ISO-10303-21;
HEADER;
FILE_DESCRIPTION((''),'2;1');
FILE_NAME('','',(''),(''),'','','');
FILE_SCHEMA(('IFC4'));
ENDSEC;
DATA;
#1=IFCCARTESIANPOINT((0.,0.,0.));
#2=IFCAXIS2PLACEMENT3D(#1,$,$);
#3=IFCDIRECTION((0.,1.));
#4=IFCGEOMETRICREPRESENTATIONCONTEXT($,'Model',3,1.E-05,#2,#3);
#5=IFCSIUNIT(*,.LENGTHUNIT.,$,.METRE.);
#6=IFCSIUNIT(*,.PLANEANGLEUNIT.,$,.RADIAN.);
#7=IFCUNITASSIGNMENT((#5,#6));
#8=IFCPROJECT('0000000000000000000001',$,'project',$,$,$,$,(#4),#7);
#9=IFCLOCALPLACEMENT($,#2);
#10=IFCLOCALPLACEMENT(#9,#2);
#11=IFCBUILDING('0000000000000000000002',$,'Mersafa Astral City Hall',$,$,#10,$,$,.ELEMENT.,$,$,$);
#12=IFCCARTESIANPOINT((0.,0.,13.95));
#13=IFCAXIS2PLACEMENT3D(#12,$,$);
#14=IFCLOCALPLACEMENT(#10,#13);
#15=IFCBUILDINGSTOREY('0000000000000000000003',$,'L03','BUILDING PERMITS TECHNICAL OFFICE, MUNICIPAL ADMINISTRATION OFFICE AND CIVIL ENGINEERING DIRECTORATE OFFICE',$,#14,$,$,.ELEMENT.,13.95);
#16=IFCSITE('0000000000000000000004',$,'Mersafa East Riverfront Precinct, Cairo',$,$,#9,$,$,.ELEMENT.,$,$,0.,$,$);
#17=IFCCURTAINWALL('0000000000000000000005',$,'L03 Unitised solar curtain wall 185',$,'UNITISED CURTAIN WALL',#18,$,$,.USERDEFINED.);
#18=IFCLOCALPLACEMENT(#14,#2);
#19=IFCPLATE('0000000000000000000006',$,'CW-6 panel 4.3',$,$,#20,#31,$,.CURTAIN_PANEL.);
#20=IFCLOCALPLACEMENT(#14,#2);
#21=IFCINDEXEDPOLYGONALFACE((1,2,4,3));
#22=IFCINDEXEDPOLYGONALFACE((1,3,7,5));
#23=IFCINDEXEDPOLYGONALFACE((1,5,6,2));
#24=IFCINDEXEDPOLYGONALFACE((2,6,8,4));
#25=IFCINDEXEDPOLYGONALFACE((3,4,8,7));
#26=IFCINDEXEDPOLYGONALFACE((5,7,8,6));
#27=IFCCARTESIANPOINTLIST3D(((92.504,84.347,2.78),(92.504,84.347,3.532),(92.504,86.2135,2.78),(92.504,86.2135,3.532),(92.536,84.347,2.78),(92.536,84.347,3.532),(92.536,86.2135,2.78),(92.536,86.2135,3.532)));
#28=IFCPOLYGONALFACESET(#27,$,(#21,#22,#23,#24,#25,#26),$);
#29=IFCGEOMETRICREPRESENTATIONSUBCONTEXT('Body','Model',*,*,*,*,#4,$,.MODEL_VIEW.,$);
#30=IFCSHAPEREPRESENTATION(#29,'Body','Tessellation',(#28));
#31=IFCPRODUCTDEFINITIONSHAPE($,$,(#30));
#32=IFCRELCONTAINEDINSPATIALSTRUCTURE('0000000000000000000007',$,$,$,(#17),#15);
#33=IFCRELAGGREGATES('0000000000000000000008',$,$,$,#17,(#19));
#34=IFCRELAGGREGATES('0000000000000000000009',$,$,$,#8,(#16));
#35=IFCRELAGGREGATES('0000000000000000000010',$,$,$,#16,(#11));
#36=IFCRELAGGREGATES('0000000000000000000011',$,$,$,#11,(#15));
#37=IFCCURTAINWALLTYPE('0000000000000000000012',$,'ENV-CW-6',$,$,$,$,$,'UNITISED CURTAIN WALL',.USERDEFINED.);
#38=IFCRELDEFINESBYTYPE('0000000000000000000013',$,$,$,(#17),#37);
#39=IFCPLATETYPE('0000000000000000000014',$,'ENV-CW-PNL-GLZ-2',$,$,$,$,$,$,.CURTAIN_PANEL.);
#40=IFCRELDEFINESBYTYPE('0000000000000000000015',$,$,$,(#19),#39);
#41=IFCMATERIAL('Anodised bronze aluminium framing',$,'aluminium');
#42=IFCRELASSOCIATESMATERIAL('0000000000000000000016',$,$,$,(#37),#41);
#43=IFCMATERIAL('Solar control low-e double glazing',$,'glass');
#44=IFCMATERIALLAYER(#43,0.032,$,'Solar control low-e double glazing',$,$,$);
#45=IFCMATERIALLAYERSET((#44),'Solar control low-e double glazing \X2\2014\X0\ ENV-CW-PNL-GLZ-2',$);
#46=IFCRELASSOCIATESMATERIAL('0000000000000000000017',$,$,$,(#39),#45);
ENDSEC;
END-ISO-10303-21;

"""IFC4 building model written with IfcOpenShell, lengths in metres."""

from ifc_helpers import new_model, si_unit, direction, frame, origin, origin_2d, place, context, subcontext, project, spatial, rectangle, extrude, material, layer, layer_set, type_object, element, aggregate, save


model = new_model("IFC4")

# Units and contexts
model_context = context("Model", 3, precision=1e-05, world=origin(), true_north=direction((0.0, 1.0)))
body_context = subcontext(model_context, "Body", "Model", "MODEL_VIEW")
ifc_project = project(units=[si_unit("LENGTHUNIT", "METRE"), si_unit("PLANEANGLEUNIT", "RADIAN")], contexts=[model_context])

# Site, building, storey
site_placement = place(None, origin())
site = spatial("IfcSite", under=ifc_project, at=site_placement, Name="Mersafa East Riverfront Precinct, Cairo", CompositionType="ELEMENT", RefElevation=0.0)
building_placement = place(site_placement, origin())
building = spatial("IfcBuilding", under=site, at=building_placement, Name="Mersafa Astral City Hall", CompositionType="ELEMENT")
storey_placement = place(building_placement, frame((0.0, 0.0, 13.95)))
storey = spatial("IfcBuildingStorey", under=building, at=storey_placement, Name="L03", Description="BUILDING PERMITS TECHNICAL OFFICE, MUNICIPAL ADMINISTRATION OFFICE AND CIVIL ENGINEERING DIRECTORATE OFFICE", CompositionType="ELEMENT", Elevation=13.95)

# Curtain wall
ifc_material_1 = material(Name="Anodised bronze aluminium framing", Category="aluminium")
curtain_wall_type = type_object("IfcCurtainWallType", Name="ENV-CW-6", ElementType="UNITISED CURTAIN WALL", PredefinedType="USERDEFINED", material=ifc_material_1)
curtain_wall_placement = place(storey_placement, origin())
curtain_wall = element("IfcCurtainWall", 1, at=curtain_wall_placement, inside=storey, type_object=curtain_wall_type, Name="L03 Unitised solar curtain wall 185", ObjectType="UNITISED CURTAIN WALL", PredefinedType="USERDEFINED")

# Plate
ifc_material_2 = material(Name="Solar control low-e double glazing", Category="glass")
ifc_layer = layer(ifc_material_2, 0.032, Name="Solar control low-e double glazing")
ifc_layer_set = layer_set([ifc_layer], Name="Solar control low-e double glazing — ENV-CW-PNL-GLZ-2")
plate_type = type_object("IfcPlateType", Name="ENV-CW-PNL-GLZ-2", PredefinedType="CURTAIN_PANEL", material=ifc_layer_set)
plate_1_placement = place(storey_placement, frame((92.52, 85.2803, 2.78), z_axis=(0.0, 0.0, 1.0), x_axis=(0.0, -1.0, 0.0)))
plate_1 = element("IfcPlate", 2, at=plate_1_placement, type_object=plate_type, Name="CW-6 panel 4.3", PredefinedType="CURTAIN_PANEL", context=body_context, shape_type="SweptSolid", body=[
    extrude(rectangle(XDim=1.8665, YDim=0.032, at=origin_2d()), origin(), (0.0, 0.0, 1.0), 0.752),
])
aggregate(curtain_wall, [plate_1])

save(model, "model.ifc")
